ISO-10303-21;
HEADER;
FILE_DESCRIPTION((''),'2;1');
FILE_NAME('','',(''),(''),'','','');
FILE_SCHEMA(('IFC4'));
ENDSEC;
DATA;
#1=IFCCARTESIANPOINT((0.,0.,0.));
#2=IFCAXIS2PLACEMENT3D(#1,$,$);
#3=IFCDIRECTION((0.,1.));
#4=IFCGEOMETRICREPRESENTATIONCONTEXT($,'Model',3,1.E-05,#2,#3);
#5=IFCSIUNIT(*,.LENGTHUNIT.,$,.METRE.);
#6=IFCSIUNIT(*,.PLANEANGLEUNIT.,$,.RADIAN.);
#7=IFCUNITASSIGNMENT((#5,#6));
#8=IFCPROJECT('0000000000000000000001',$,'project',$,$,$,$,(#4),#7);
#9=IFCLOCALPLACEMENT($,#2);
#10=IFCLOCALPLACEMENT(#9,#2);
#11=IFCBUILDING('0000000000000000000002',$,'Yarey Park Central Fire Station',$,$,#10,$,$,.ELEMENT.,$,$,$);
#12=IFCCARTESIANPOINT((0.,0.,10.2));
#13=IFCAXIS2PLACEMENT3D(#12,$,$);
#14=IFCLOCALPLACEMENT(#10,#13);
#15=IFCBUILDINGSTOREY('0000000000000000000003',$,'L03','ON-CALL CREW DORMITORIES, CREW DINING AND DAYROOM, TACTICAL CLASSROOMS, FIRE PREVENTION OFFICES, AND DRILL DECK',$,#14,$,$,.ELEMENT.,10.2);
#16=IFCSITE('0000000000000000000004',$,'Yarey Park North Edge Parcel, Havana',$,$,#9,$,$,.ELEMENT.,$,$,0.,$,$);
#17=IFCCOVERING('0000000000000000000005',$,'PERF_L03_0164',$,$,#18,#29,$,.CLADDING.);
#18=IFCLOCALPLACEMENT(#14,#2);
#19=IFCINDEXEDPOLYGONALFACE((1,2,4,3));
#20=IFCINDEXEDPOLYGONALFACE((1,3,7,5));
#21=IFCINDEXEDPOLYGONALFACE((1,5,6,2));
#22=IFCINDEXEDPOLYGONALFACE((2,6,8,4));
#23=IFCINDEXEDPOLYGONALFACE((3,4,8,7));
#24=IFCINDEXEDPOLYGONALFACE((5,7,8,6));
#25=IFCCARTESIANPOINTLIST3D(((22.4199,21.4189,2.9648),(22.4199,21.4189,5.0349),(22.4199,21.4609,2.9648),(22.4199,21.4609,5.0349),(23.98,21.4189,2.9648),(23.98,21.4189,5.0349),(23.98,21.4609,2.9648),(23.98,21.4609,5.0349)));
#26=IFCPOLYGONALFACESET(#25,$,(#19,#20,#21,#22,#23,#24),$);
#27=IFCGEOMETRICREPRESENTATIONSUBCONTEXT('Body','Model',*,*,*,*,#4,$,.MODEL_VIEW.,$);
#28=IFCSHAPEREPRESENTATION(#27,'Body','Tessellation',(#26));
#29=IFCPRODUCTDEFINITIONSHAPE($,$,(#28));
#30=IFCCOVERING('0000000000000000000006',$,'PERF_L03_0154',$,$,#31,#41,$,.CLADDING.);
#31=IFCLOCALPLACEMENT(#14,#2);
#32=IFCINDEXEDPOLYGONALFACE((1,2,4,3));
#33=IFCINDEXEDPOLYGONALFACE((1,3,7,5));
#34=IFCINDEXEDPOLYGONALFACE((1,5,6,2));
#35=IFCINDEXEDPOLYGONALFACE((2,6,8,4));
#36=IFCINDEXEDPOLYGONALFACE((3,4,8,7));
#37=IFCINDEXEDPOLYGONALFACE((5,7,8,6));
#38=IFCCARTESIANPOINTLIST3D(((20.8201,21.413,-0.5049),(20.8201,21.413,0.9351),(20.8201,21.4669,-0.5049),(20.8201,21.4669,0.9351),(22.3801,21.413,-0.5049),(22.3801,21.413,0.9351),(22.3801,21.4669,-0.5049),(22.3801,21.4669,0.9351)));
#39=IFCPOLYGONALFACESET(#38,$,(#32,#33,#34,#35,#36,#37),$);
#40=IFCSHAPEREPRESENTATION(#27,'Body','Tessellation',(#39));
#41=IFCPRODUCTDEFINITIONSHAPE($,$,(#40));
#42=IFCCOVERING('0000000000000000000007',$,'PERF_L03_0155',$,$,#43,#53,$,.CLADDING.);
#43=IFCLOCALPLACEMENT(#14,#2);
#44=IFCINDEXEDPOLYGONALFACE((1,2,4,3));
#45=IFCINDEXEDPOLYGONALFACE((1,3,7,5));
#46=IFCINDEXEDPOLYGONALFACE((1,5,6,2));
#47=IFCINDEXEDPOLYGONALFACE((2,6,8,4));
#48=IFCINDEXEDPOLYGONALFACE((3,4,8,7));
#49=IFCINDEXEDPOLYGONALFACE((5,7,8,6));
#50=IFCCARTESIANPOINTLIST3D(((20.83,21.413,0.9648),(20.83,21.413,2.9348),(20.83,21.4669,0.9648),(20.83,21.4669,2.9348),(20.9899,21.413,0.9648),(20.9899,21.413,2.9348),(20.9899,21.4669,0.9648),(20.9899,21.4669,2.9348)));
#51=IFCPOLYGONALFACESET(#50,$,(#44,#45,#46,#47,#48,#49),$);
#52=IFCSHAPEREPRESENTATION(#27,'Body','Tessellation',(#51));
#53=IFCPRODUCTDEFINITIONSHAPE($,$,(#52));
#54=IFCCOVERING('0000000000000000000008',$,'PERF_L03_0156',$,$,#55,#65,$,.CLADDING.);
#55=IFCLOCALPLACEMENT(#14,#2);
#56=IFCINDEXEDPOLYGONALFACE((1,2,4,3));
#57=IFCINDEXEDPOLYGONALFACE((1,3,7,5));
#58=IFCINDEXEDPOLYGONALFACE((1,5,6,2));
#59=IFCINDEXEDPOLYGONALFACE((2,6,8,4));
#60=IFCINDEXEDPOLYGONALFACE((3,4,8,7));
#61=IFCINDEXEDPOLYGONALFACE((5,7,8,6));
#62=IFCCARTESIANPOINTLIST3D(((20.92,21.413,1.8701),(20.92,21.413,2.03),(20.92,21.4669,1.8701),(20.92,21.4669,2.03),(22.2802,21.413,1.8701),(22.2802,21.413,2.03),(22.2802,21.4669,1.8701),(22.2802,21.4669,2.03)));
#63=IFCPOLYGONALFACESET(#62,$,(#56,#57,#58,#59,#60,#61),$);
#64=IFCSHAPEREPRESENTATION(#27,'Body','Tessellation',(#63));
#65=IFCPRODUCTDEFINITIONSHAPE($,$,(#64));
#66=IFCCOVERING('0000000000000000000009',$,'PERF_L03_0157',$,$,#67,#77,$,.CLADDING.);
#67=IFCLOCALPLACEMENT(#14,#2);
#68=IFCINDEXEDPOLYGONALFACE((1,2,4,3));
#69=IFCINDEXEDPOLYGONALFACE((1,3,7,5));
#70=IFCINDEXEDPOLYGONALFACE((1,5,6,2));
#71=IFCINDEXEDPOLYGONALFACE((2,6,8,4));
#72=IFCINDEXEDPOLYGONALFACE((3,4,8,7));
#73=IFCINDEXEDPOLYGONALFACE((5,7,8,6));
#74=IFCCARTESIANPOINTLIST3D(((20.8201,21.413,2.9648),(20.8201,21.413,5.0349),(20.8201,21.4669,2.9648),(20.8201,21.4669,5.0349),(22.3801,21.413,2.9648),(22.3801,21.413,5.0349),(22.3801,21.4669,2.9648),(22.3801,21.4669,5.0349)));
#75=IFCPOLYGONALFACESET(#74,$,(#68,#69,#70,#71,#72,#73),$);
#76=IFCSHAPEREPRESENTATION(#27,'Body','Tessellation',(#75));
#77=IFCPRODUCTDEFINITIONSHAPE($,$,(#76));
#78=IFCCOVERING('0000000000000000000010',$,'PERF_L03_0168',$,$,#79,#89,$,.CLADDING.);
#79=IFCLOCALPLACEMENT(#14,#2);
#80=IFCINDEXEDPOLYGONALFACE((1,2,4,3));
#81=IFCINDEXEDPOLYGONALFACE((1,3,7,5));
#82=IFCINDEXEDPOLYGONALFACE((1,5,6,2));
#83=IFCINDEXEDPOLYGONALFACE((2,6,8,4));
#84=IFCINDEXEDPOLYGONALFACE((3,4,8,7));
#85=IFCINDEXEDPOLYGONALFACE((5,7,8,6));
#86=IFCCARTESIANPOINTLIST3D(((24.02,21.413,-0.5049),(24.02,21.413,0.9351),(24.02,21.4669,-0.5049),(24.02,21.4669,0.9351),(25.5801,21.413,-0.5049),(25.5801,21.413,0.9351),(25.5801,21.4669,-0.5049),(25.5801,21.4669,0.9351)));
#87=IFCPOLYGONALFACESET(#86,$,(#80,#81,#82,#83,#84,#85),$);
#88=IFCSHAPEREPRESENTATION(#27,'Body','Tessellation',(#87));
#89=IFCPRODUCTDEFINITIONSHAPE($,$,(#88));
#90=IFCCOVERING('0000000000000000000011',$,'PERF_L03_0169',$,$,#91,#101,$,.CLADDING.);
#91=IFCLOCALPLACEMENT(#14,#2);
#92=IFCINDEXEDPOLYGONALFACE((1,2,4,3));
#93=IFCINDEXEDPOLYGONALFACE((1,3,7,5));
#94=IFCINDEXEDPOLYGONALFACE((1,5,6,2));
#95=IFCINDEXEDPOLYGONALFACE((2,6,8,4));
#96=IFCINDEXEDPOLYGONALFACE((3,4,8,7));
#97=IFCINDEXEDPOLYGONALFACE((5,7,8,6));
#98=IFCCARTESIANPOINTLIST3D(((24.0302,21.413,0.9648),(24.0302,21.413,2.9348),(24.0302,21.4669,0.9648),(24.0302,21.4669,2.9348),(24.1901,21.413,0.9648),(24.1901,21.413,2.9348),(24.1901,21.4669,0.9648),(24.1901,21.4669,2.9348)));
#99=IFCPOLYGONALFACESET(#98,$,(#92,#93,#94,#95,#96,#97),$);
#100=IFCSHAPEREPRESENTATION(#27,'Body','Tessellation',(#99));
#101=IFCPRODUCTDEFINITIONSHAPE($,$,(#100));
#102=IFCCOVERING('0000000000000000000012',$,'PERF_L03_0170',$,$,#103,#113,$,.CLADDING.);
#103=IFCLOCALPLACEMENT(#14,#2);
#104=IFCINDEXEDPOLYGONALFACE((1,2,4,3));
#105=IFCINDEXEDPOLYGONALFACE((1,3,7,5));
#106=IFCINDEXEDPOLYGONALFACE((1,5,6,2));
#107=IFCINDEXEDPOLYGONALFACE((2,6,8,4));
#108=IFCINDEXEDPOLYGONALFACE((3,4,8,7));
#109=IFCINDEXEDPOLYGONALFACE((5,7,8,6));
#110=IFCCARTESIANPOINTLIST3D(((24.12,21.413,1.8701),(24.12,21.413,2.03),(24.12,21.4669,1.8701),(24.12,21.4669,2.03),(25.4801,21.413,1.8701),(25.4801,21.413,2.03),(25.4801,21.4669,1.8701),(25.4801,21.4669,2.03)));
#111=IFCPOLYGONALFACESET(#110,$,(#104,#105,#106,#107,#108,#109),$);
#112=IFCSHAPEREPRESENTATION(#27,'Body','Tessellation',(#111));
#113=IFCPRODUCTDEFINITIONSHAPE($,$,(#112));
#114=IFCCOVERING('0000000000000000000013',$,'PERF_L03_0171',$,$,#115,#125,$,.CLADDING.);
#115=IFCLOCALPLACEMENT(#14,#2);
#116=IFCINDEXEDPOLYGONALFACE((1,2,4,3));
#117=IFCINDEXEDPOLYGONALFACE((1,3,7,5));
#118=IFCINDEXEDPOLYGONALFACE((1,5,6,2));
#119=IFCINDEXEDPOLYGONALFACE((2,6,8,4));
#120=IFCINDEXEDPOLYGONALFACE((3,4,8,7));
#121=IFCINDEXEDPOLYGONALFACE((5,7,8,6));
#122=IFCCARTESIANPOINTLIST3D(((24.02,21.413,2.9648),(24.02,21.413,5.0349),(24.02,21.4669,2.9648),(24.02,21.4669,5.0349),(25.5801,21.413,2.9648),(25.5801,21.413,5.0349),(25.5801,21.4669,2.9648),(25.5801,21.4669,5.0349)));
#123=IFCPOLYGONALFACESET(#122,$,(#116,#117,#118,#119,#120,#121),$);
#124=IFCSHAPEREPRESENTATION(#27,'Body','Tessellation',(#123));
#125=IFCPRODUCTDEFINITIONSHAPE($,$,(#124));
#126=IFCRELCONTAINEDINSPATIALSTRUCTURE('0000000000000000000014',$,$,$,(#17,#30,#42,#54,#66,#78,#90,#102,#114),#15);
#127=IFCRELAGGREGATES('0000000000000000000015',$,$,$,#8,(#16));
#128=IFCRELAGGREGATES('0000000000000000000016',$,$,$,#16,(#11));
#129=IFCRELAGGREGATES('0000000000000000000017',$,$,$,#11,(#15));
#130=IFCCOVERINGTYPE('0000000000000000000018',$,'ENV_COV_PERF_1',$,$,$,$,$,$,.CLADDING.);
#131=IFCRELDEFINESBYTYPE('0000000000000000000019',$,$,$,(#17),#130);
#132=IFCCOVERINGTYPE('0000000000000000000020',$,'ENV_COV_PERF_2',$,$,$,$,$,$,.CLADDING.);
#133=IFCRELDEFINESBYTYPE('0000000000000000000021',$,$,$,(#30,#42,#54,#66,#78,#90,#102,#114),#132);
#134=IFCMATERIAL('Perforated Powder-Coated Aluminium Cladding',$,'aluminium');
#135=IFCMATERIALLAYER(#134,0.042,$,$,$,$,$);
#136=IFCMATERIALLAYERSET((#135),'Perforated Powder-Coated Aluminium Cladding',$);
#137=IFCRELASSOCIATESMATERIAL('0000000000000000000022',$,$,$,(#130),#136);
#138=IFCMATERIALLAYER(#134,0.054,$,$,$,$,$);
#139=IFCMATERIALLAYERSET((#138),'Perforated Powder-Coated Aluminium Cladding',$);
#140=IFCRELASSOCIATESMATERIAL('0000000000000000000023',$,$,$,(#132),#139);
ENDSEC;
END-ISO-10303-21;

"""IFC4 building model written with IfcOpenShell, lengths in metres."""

from ifc_helpers import new_model, si_unit, direction, frame, origin, origin_2d, place, context, subcontext, project, spatial, rectangle, extrude, material, layer, layer_set, type_object, element, save


model = new_model("IFC4")

# Units and contexts
model_context = context("Model", 3, precision=1e-05, world=origin(), true_north=direction((0.0, 1.0)))
body_context = subcontext(model_context, "Body", "Model", "MODEL_VIEW")
ifc_project = project(units=[si_unit("LENGTHUNIT", "METRE"), si_unit("PLANEANGLEUNIT", "RADIAN")], contexts=[model_context])

# Site, building, storey
site_placement = place(None, origin())
site = spatial("IfcSite", under=ifc_project, at=site_placement, Name="Yarey Park North Edge Parcel, Havana", CompositionType="ELEMENT", RefElevation=0.0)
building_placement = place(site_placement, origin())
building = spatial("IfcBuilding", under=site, at=building_placement, Name="Yarey Park Central Fire Station", CompositionType="ELEMENT")
storey_placement = place(building_placement, frame((0.0, 0.0, 10.2)))
storey = spatial("IfcBuildingStorey", under=building, at=storey_placement, Name="L03", Description="ON-CALL CREW DORMITORIES, CREW DINING AND DAYROOM, TACTICAL CLASSROOMS, FIRE PREVENTION OFFICES, AND DRILL DECK", CompositionType="ELEMENT", Elevation=10.2)

# Coverings
ifc_material_1 = material(Name="Perforated Powder-Coated Aluminium Cladding", Category="aluminium")
ifc_layer_1 = layer(ifc_material_1, 0.042)
ifc_layer_set_1 = layer_set([ifc_layer_1], Name="Perforated Powder-Coated Aluminium Cladding")
covering_type_1 = type_object("IfcCoveringType", Name="ENV_COV_PERF_1", PredefinedType="CLADDING", material=ifc_layer_set_1)
covering_1_placement = place(storey_placement, frame((23.2, 21.4399, 2.9648), z_axis=(0.0, 0.0, 1.0), x_axis=(1.0, 0.0, 0.0)))
element("IfcCovering", 1, at=covering_1_placement, inside=storey, type_object=covering_type_1, Name="PERF_L03_0164", PredefinedType="CLADDING", context=body_context, shape_type="SweptSolid", body=[
    extrude(rectangle(XDim=1.5601, YDim=0.042, at=origin_2d()), origin(), (0.0, 0.0, 1.0), 2.0701),
])
ifc_layer_2 = layer(ifc_material_1, 0.054)
ifc_layer_set_2 = layer_set([ifc_layer_2], Name="Perforated Powder-Coated Aluminium Cladding")
covering_type_2 = type_object("IfcCoveringType", Name="ENV_COV_PERF_2", PredefinedType="CLADDING", material=ifc_layer_set_2)
covering_2_placement = place(storey_placement, frame((21.6001, 21.4399, -0.5049), z_axis=(0.0, 0.0, 1.0), x_axis=(1.0, 0.0, 0.0)))
element("IfcCovering", 2, at=covering_2_placement, inside=storey, type_object=covering_type_2, Name="PERF_L03_0154", PredefinedType="CLADDING", context=body_context, shape_type="SweptSolid", body=[
    extrude(rectangle(XDim=1.5601, YDim=0.054, at=origin_2d()), origin(), (0.0, 0.0, 1.0), 1.4399),
])
covering_3_placement = place(storey_placement, frame((20.9099, 21.4399, 0.9648), z_axis=(0.0, 0.0, 1.0), x_axis=(1.0, 0.0, 0.0)))
element("IfcCovering", 3, at=covering_3_placement, inside=storey, type_object=covering_type_2, Name="PERF_L03_0155", PredefinedType="CLADDING", context=body_context, shape_type="SweptSolid", body=[
    extrude(rectangle(XDim=0.1599, YDim=0.054, at=origin_2d()), origin(), (0.0, 0.0, 1.0), 1.97),
])
covering_4_placement = place(storey_placement, frame((21.6001, 21.4399, 1.8701), z_axis=(0.0, 0.0, 1.0), x_axis=(1.0, 0.0, 0.0)))
element("IfcCovering", 4, at=covering_4_placement, inside=storey, type_object=covering_type_2, Name="PERF_L03_0156", PredefinedType="CLADDING", context=body_context, shape_type="SweptSolid", body=[
    extrude(rectangle(XDim=1.3601, YDim=0.054, at=origin_2d()), origin(), (0.0, 0.0, 1.0), 0.1599),
])
covering_5_placement = place(storey_placement, frame((21.6001, 21.4399, 2.9648), z_axis=(0.0, 0.0, 1.0), x_axis=(1.0, 0.0, 0.0)))
element("IfcCovering", 5, at=covering_5_placement, inside=storey, type_object=covering_type_2, Name="PERF_L03_0157", PredefinedType="CLADDING", context=body_context, shape_type="SweptSolid", body=[
    extrude(rectangle(XDim=1.5601, YDim=0.054, at=origin_2d()), origin(), (0.0, 0.0, 1.0), 2.0701),
])
covering_6_placement = place(storey_placement, frame((24.8, 21.4399, -0.5049), z_axis=(0.0, 0.0, 1.0), x_axis=(1.0, 0.0, 0.0)))
element("IfcCovering", 6, at=covering_6_placement, inside=storey, type_object=covering_type_2, Name="PERF_L03_0168", PredefinedType="CLADDING", context=body_context, shape_type="SweptSolid", body=[
    extrude(rectangle(XDim=1.5601, YDim=0.054, at=origin_2d()), origin(), (0.0, 0.0, 1.0), 1.4399),
])
covering_7_placement = place(storey_placement, frame((24.1101, 21.4399, 0.9648), z_axis=(0.0, 0.0, 1.0), x_axis=(1.0, 0.0, 0.0)))
element("IfcCovering", 7, at=covering_7_placement, inside=storey, type_object=covering_type_2, Name="PERF_L03_0169", PredefinedType="CLADDING", context=body_context, shape_type="SweptSolid", body=[
    extrude(rectangle(XDim=0.1599, YDim=0.054, at=origin_2d()), origin(), (0.0, 0.0, 1.0), 1.97),
])
covering_8_placement = place(storey_placement, frame((24.8, 21.4399, 1.8701), z_axis=(0.0, 0.0, 1.0), x_axis=(1.0, 0.0, 0.0)))
element("IfcCovering", 8, at=covering_8_placement, inside=storey, type_object=covering_type_2, Name="PERF_L03_0170", PredefinedType="CLADDING", context=body_context, shape_type="SweptSolid", body=[
    extrude(rectangle(XDim=1.3601, YDim=0.054, at=origin_2d()), origin(), (0.0, 0.0, 1.0), 0.1599),
])
covering_9_placement = place(storey_placement, frame((24.8, 21.4399, 2.9648), z_axis=(0.0, 0.0, 1.0), x_axis=(1.0, 0.0, 0.0)))
element("IfcCovering", 9, at=covering_9_placement, inside=storey, type_object=covering_type_2, Name="PERF_L03_0171", PredefinedType="CLADDING", context=body_context, shape_type="SweptSolid", body=[
    extrude(rectangle(XDim=1.5601, YDim=0.054, at=origin_2d()), origin(), (0.0, 0.0, 1.0), 2.0701),
])

save(model, "model.ifc")
